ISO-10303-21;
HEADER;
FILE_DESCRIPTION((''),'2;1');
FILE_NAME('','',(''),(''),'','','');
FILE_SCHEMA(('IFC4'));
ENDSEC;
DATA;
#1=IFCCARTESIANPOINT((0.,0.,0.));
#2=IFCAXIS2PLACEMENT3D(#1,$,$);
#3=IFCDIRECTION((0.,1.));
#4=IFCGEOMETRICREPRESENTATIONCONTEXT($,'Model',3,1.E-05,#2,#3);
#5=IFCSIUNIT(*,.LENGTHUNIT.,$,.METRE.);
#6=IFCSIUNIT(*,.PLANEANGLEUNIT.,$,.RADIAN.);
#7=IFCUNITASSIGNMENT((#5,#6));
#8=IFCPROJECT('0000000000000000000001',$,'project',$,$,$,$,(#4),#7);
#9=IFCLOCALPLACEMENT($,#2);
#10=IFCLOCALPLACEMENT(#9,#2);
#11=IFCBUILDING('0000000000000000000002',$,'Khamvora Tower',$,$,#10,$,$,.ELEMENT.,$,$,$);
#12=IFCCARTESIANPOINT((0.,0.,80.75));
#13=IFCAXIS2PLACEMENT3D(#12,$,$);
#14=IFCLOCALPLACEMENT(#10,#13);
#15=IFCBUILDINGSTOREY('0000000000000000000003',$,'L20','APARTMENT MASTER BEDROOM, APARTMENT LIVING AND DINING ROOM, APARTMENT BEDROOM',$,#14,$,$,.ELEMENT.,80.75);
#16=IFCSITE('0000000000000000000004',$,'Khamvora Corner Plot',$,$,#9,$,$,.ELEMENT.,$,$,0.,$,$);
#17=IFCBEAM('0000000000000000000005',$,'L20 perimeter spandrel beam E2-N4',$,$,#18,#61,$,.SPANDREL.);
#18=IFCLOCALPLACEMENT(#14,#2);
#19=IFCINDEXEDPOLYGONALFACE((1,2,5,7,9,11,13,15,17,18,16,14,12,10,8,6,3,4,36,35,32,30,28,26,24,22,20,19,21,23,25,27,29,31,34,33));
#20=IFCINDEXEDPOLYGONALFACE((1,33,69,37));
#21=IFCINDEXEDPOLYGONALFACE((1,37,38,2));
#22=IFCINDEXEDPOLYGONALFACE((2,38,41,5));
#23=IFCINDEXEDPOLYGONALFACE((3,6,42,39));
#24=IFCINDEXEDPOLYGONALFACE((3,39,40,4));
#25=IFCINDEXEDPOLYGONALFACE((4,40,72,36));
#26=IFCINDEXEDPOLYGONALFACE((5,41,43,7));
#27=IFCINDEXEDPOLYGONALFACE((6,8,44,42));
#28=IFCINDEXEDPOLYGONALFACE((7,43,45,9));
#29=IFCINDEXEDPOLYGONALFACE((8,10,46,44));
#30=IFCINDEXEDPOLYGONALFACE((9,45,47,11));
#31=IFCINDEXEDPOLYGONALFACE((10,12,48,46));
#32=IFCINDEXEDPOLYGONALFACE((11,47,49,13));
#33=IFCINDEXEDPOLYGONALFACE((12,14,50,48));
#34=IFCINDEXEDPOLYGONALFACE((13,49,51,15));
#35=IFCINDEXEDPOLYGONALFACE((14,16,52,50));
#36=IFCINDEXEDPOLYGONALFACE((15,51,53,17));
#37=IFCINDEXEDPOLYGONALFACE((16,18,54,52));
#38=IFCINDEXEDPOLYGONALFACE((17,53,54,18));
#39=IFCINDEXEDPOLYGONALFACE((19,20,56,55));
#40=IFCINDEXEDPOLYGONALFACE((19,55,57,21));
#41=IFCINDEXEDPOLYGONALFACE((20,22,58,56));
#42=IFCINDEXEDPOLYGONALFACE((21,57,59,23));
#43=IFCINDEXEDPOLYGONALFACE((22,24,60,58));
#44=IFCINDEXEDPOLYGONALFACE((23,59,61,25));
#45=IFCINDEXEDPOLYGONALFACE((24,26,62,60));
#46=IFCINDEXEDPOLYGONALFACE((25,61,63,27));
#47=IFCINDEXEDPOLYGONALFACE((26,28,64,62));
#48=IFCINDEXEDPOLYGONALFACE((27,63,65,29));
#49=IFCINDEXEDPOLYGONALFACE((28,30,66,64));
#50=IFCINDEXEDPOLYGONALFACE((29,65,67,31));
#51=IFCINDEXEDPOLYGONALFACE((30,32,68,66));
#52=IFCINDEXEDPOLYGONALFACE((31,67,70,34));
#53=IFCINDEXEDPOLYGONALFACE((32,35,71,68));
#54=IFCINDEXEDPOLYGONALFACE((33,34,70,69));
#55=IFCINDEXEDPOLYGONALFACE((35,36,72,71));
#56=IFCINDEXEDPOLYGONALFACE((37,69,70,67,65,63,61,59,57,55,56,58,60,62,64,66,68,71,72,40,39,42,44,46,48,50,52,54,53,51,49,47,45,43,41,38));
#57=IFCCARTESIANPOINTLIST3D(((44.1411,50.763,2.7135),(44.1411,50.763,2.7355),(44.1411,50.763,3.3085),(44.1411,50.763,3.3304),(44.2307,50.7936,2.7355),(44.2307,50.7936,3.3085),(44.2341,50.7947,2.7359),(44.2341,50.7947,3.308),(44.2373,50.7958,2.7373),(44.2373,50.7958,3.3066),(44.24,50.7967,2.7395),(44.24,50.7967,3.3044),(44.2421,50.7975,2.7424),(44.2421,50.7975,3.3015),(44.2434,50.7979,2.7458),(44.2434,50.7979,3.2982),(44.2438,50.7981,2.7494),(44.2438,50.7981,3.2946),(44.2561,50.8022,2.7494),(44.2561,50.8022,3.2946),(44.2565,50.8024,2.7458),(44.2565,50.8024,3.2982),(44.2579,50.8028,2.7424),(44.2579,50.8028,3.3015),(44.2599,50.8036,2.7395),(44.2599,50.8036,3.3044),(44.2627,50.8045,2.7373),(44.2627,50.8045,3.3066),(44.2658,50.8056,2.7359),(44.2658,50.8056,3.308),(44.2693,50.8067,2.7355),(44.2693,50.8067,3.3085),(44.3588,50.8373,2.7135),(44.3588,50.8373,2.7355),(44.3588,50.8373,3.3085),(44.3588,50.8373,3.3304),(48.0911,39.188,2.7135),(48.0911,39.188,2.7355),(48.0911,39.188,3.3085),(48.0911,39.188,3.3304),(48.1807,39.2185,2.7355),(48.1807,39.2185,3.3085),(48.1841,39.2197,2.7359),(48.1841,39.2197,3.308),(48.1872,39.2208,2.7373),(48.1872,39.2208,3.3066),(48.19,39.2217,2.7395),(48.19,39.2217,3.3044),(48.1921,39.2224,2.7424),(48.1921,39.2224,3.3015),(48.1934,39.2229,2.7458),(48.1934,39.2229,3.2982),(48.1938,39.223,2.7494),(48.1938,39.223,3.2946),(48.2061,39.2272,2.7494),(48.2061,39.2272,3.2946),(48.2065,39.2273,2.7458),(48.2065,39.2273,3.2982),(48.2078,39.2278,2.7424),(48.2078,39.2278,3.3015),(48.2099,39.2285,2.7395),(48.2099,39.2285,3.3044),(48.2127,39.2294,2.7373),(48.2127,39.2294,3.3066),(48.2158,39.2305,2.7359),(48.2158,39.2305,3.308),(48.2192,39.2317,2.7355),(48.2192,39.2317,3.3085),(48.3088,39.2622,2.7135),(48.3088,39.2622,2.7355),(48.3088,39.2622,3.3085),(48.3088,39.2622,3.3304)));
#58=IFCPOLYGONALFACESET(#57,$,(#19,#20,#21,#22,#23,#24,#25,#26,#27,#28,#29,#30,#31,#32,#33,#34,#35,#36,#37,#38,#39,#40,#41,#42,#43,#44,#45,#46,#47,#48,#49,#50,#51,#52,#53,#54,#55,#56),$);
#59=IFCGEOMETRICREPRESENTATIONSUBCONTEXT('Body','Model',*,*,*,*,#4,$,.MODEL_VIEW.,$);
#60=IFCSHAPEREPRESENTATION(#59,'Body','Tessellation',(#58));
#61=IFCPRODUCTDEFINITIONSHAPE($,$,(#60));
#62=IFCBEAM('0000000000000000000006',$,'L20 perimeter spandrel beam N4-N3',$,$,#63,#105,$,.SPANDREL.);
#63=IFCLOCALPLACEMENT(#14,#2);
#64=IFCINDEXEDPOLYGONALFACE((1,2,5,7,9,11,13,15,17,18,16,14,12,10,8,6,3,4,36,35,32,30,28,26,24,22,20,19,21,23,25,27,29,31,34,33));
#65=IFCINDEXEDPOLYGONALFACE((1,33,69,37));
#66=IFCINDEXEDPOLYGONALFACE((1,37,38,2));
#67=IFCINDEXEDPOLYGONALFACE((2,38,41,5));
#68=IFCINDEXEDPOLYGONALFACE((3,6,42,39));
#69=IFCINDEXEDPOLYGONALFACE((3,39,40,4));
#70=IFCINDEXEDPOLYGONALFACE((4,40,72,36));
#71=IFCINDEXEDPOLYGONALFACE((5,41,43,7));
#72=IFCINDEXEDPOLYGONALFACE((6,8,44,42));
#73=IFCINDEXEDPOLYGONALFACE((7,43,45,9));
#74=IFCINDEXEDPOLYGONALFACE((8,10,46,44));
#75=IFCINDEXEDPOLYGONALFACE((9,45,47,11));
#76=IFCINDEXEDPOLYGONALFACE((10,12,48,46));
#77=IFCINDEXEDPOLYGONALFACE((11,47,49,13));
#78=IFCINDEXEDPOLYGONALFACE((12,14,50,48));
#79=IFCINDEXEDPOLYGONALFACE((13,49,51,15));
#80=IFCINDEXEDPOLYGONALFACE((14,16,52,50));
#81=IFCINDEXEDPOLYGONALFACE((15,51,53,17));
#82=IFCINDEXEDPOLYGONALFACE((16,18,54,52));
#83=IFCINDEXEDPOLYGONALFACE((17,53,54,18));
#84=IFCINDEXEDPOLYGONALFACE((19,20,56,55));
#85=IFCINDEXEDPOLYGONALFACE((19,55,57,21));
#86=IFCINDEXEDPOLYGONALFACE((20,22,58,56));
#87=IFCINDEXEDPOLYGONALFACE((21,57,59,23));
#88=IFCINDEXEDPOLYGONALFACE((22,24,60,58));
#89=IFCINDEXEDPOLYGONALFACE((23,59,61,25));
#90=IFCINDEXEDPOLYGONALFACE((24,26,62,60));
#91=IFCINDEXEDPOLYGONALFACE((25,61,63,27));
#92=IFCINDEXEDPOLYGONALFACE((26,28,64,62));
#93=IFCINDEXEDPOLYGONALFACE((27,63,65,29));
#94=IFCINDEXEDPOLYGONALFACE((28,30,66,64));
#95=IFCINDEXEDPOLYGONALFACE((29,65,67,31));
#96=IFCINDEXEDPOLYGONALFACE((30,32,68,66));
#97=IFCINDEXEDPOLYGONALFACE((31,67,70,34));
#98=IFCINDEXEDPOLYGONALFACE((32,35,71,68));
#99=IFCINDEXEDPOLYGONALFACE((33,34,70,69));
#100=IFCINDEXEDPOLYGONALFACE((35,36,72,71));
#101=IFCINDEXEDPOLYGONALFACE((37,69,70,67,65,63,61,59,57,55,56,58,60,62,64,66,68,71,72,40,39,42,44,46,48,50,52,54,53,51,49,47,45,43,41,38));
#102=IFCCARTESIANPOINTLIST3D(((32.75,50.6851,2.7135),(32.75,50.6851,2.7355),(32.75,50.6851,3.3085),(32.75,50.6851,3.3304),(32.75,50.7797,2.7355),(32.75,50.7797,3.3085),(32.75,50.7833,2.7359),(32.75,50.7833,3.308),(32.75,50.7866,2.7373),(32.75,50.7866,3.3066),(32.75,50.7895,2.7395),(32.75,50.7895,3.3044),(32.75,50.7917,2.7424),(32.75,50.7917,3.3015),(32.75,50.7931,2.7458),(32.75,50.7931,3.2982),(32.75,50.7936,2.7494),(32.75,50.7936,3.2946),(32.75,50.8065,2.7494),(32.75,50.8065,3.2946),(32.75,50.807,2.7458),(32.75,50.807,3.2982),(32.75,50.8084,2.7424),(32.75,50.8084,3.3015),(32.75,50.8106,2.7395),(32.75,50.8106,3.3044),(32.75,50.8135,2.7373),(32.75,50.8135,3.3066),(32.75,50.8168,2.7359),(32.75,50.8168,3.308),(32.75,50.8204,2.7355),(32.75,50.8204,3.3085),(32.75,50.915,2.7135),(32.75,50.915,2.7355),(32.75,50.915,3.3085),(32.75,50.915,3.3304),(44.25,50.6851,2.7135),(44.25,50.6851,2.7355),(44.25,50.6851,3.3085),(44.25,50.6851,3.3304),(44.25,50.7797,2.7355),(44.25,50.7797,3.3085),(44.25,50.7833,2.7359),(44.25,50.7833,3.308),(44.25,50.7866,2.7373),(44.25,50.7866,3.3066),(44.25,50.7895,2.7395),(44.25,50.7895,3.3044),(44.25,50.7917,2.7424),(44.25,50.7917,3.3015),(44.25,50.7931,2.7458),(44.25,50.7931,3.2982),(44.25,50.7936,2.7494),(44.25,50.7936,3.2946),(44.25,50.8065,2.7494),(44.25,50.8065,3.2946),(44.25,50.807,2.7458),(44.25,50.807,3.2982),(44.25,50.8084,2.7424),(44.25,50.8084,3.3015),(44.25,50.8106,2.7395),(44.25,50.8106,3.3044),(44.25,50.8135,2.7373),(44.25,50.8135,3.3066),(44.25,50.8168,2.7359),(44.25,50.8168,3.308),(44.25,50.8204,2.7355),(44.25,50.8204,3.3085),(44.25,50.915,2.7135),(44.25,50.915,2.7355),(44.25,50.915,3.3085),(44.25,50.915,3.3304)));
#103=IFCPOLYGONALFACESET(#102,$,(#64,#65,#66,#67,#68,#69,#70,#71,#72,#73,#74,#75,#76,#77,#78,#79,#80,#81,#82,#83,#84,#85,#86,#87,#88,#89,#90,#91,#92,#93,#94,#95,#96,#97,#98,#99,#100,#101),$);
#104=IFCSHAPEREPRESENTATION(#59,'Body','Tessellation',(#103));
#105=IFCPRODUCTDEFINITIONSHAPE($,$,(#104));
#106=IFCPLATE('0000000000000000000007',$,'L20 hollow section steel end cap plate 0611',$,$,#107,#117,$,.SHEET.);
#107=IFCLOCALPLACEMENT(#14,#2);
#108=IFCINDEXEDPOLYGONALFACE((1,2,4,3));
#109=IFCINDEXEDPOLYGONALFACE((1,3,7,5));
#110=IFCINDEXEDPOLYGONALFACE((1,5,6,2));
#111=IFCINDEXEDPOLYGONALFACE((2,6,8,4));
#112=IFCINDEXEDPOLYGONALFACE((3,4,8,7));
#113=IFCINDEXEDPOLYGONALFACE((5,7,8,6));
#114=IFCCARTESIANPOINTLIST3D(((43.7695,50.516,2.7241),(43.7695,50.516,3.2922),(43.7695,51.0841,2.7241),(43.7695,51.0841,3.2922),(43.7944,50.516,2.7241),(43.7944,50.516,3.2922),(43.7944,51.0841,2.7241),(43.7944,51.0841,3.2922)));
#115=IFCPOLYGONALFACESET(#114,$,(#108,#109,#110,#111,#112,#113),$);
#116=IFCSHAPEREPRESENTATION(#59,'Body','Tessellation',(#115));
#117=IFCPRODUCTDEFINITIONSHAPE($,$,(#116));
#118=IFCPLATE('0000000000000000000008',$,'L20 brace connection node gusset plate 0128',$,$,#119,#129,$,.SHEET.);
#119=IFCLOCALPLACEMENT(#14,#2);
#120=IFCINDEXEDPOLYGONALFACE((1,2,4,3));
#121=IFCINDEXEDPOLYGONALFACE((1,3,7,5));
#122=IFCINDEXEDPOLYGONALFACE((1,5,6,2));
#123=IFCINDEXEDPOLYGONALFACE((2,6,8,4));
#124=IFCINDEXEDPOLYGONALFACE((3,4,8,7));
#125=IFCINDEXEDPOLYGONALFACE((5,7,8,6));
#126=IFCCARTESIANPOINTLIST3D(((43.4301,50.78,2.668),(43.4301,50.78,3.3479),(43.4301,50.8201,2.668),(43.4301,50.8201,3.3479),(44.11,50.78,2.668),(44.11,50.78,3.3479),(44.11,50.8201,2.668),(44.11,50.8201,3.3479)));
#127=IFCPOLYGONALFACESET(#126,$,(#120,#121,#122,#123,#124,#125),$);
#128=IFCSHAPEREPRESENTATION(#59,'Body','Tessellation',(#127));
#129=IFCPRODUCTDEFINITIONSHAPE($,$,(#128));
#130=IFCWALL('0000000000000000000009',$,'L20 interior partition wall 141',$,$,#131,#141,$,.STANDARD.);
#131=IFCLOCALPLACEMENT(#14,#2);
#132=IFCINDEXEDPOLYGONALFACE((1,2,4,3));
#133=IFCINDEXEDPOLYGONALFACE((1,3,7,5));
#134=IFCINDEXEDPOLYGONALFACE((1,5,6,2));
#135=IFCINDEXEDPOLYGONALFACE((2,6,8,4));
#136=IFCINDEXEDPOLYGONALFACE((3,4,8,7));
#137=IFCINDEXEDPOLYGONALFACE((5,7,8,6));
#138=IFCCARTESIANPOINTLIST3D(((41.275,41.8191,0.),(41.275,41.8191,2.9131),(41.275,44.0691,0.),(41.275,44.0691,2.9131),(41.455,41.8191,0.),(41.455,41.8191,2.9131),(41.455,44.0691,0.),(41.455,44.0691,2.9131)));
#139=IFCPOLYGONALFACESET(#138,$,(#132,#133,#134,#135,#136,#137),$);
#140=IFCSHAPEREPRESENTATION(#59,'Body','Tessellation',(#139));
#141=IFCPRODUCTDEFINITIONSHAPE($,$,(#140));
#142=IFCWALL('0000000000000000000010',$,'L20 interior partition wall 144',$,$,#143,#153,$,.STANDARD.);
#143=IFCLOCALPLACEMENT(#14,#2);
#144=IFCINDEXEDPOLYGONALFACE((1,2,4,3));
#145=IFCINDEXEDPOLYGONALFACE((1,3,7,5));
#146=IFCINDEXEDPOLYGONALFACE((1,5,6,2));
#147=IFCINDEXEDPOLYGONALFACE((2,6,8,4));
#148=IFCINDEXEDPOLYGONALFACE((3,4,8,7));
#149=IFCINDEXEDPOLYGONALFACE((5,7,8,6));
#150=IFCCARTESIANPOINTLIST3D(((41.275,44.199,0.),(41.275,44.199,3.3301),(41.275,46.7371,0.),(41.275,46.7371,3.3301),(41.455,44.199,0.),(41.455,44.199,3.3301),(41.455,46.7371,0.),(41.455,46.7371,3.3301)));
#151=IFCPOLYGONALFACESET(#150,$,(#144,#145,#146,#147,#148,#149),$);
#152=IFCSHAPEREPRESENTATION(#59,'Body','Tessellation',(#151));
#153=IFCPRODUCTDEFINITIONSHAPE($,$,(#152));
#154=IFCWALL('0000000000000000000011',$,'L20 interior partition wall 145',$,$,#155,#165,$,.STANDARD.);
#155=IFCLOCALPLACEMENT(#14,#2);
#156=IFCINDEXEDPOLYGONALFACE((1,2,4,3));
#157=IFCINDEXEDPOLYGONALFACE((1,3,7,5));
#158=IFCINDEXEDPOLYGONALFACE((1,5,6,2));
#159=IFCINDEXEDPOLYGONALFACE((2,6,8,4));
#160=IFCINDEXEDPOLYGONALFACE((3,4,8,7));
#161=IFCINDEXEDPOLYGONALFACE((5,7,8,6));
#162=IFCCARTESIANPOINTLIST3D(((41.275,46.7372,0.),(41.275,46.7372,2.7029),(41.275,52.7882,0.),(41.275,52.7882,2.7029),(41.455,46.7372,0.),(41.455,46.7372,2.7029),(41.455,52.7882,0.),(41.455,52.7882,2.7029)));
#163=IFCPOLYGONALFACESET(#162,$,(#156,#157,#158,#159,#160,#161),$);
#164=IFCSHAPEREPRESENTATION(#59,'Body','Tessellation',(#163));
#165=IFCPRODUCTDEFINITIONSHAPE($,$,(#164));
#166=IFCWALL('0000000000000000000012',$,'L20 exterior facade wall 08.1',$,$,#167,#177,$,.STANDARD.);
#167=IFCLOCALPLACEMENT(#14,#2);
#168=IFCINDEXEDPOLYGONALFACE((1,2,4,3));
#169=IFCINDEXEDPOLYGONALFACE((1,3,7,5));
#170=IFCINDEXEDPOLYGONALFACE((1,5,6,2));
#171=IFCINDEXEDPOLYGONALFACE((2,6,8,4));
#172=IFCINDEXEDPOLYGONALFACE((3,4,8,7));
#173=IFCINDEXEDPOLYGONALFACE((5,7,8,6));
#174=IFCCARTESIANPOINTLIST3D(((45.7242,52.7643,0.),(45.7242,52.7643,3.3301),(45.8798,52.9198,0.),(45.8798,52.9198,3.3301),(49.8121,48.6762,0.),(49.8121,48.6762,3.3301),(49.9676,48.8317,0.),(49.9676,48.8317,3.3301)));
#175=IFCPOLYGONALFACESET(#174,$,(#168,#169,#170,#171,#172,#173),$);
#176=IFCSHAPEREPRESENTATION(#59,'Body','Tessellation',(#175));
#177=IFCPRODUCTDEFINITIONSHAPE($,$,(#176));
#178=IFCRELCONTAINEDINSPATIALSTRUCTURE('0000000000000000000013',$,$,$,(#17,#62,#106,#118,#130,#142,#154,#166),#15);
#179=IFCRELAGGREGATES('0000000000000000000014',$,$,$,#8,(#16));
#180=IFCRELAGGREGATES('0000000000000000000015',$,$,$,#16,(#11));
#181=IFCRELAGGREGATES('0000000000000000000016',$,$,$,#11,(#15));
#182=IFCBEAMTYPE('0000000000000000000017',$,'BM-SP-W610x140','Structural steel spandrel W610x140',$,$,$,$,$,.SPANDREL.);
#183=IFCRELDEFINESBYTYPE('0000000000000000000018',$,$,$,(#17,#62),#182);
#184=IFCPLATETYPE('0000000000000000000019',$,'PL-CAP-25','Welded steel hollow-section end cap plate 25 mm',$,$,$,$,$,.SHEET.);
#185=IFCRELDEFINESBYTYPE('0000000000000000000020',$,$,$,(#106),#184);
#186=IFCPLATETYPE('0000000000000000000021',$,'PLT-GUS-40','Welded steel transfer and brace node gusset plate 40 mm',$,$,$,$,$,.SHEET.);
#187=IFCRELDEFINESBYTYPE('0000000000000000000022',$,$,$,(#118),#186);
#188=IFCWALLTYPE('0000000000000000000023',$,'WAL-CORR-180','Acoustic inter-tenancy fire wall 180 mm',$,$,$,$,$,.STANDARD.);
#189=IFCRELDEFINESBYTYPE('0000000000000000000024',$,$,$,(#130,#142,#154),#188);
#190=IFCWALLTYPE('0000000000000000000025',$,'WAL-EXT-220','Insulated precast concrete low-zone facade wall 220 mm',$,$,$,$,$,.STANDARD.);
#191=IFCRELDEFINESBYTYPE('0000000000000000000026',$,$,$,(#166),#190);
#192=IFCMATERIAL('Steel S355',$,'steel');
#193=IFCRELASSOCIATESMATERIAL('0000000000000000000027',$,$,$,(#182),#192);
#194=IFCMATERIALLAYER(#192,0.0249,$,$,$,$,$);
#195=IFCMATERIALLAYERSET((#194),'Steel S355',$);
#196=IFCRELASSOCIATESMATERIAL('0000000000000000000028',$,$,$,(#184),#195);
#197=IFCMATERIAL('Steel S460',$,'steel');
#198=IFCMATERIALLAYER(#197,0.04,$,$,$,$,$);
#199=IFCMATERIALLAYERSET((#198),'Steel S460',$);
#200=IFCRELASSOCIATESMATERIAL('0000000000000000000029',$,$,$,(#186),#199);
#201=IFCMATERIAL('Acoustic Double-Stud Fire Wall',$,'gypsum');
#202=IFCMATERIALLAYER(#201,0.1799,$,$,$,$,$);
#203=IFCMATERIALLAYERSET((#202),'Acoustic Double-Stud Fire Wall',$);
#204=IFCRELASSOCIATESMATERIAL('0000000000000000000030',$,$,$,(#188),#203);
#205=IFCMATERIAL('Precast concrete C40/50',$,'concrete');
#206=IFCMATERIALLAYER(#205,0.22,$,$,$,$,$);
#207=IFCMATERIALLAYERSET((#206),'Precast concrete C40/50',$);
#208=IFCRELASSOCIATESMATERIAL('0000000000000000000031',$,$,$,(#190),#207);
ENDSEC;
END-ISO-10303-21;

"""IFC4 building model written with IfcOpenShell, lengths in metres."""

from ifc_helpers import new_model, si_unit, direction, frame, frame_2d, origin, origin_2d, place, context, subcontext, project, spatial, rectangle, i_section, extrude, material, layer, layer_set, material_profile, profile_set, type_object, element, save


model = new_model("IFC4")

# Units and contexts
model_context = context("Model", 3, precision=1e-05, world=origin(), true_north=direction((0.0, 1.0)))
body_context = subcontext(model_context, "Body", "Model", "MODEL_VIEW")
ifc_project = project(units=[si_unit("LENGTHUNIT", "METRE"), si_unit("PLANEANGLEUNIT", "RADIAN")], contexts=[model_context])

# Site, building, storey
site_placement = place(None, origin())
site = spatial("IfcSite", under=ifc_project, at=site_placement, Name="Khamvora Corner Plot", CompositionType="ELEMENT", RefElevation=0.0)
building_placement = place(site_placement, origin())
building = spatial("IfcBuilding", under=site, at=building_placement, Name="Khamvora Tower", CompositionType="ELEMENT")
storey_placement = place(building_placement, frame((0.0, 0.0, 80.75)))
storey = spatial("IfcBuildingStorey", under=building, at=storey_placement, Name="L20", Description="APARTMENT MASTER BEDROOM, APARTMENT LIVING AND DINING ROOM, APARTMENT BEDROOM", CompositionType="ELEMENT", Elevation=80.75)

# Shared definitions
ifc_material_1 = material(Name="Steel S355", Category="steel")

# Beams
ifc_material_profile_1 = material_profile(ifc_material_1, i_section(OverallWidth=0.23, OverallDepth=0.6169, WebThickness=0.0129, FlangeThickness=0.022, FilletRadius=0.0139, at=origin_2d()), Name="W610x140")
ifc_profile_set_1 = profile_set([ifc_material_profile_1], Name="Steel S355")
beam_type_1 = type_object("IfcBeamType", Name="BM-SP-W610x140", Description="Structural steel spandrel W610x140", PredefinedType="SPANDREL", material=ifc_profile_set_1)
beam_1_placement = place(storey_placement, frame((48.2, 39.2251, 3.022), z_axis=(-0.322963, 0.946412, 0.0), x_axis=(-0.946412, -0.322963, 0.0)))
element("IfcBeam", 1, at=beam_1_placement, inside=storey, type_object=beam_type_1, Name="L20 perimeter spandrel beam E2-N4", PredefinedType="SPANDREL", context=body_context, shape_type="SweptSolid", body=[
    extrude(i_section(OverallWidth=0.23, OverallDepth=0.6169, WebThickness=0.0129, FlangeThickness=0.022, FilletRadius=0.0139, at=origin_2d()), origin(), (0.0, 0.0, 1.0), 12.2305),
])
beam_2_placement = place(storey_placement, frame((44.25, 50.8, 3.022), z_axis=(-1.0, 0.0, 0.0), x_axis=(0.0, -1.0, 0.0)))
element("IfcBeam", 2, at=beam_2_placement, inside=storey, type_object=beam_type_1, Name="L20 perimeter spandrel beam N4-N3", PredefinedType="SPANDREL", context=body_context, shape_type="SweptSolid", body=[
    extrude(i_section(OverallWidth=0.23, OverallDepth=0.6169, WebThickness=0.0129, FlangeThickness=0.022, FilletRadius=0.0139, at=origin_2d()), origin(), (0.0, 0.0, 1.0), 11.5),
])

# Plates
ifc_layer_1 = layer(ifc_material_1, 0.0249)
ifc_layer_set_1 = layer_set([ifc_layer_1], Name="Steel S355")
plate_type_1 = type_object("IfcPlateType", Name="PL-CAP-25", Description="Welded steel hollow-section end cap plate 25 mm", PredefinedType="SHEET", material=ifc_layer_set_1)
plate_1_placement = place(storey_placement, frame((43.782, 50.8, 2.7241), z_axis=(0.0, 0.0, 1.0), x_axis=(1.0, 0.0, 0.0)))
element("IfcPlate", 3, at=plate_1_placement, inside=storey, type_object=plate_type_1, Name="L20 hollow section steel end cap plate 0611", PredefinedType="SHEET", context=body_context, shape_type="SweptSolid", body=[
    extrude(rectangle(XDim=0.0249, YDim=0.5681, at=origin_2d()), origin(), (0.0, 0.0, 1.0), 0.5681),
])
ifc_material_2 = material(Name="Steel S460", Category="steel")
ifc_layer_2 = layer(ifc_material_2, 0.04)
ifc_layer_set_2 = layer_set([ifc_layer_2], Name="Steel S460")
plate_type_2 = type_object("IfcPlateType", Name="PLT-GUS-40", Description="Welded steel transfer and brace node gusset plate 40 mm", PredefinedType="SHEET", material=ifc_layer_set_2)
plate_2_placement = place(storey_placement, frame((43.77, 50.8, 2.668), z_axis=(0.0, 0.0, 1.0), x_axis=(1.0, 0.0, 0.0)))
element("IfcPlate", 4, at=plate_2_placement, inside=storey, type_object=plate_type_2, Name="L20 brace connection node gusset plate 0128", PredefinedType="SHEET", context=body_context, shape_type="SweptSolid", body=[
    extrude(rectangle(XDim=0.6799, YDim=0.04, at=origin_2d()), origin(), (0.0, 0.0, 1.0), 0.6799),
])

# Walls
ifc_material_3 = material(Name="Acoustic Double-Stud Fire Wall", Category="gypsum")
ifc_layer_3 = layer(ifc_material_3, 0.1799)
ifc_layer_set_3 = layer_set([ifc_layer_3], Name="Acoustic Double-Stud Fire Wall")
wall_type_1 = type_object("IfcWallType", Name="WAL-CORR-180", Description="Acoustic inter-tenancy fire wall 180 mm", PredefinedType="STANDARD", material=ifc_layer_set_3)
wall_1_placement = place(storey_placement, frame((41.365, 44.0691, 0.0), z_axis=(0.0, 0.0, 1.0), x_axis=(0.0, -1.0, 0.0)))
element("IfcWall", 5, at=wall_1_placement, inside=storey, type_object=wall_type_1, Name="L20 interior partition wall 141", PredefinedType="STANDARD", context=body_context, shape_type="SweptSolid", body=[
    extrude(rectangle(XDim=2.25, YDim=0.1799, at=frame_2d((1.125, 0.0))), origin(), (0.0, 0.0, 1.0), 2.9131),
])
wall_2_placement = place(storey_placement, frame((41.365, 46.7371, 0.0), z_axis=(0.0, 0.0, 1.0), x_axis=(0.0, -1.0, 0.0)))
element("IfcWall", 6, at=wall_2_placement, inside=storey, type_object=wall_type_1, Name="L20 interior partition wall 144", PredefinedType="STANDARD", context=body_context, shape_type="SweptSolid", body=[
    extrude(rectangle(XDim=2.5381, YDim=0.1799, at=frame_2d((1.269, 0.0))), origin(), (0.0, 0.0, 1.0), 3.3301),
])
wall_3_placement = place(storey_placement, frame((41.365, 52.7881, 0.0), z_axis=(0.0, 0.0, 1.0), x_axis=(0.0, -1.0, 0.0)))
element("IfcWall", 7, at=wall_3_placement, inside=storey, type_object=wall_type_1, Name="L20 interior partition wall 145", PredefinedType="STANDARD", context=body_context, shape_type="SweptSolid", body=[
    extrude(rectangle(XDim=6.051, YDim=0.1799, at=frame_2d((3.0254, 0.0))), origin(), (0.0, 0.0, 1.0), 2.7029),
])
ifc_material_4 = material(Name="Precast concrete C40/50", Category="concrete")
ifc_layer_4 = layer(ifc_material_4, 0.22)
ifc_layer_set_4 = layer_set([ifc_layer_4], Name="Precast concrete C40/50")
wall_type_2 = type_object("IfcWallType", Name="WAL-EXT-220", Description="Insulated precast concrete low-zone facade wall 220 mm", PredefinedType="STANDARD", material=ifc_layer_set_4)
wall_4_placement = place(storey_placement, frame((45.802, 52.842, 0.0), z_axis=(0.0, 0.0, 1.0), x_axis=(0.707086, -0.707128, 0.0)))
element("IfcWall", 8, at=wall_4_placement, inside=storey, type_object=wall_type_2, Name="L20 exterior facade wall 08.1", PredefinedType="STANDARD", context=body_context, shape_type="SweptSolid", body=[
    extrude(rectangle(XDim=5.7812, YDim=0.22, at=frame_2d((2.8906, 0.0))), origin(), (0.0, 0.0, 1.0), 3.3301),
])

save(model, "model.ifc")
